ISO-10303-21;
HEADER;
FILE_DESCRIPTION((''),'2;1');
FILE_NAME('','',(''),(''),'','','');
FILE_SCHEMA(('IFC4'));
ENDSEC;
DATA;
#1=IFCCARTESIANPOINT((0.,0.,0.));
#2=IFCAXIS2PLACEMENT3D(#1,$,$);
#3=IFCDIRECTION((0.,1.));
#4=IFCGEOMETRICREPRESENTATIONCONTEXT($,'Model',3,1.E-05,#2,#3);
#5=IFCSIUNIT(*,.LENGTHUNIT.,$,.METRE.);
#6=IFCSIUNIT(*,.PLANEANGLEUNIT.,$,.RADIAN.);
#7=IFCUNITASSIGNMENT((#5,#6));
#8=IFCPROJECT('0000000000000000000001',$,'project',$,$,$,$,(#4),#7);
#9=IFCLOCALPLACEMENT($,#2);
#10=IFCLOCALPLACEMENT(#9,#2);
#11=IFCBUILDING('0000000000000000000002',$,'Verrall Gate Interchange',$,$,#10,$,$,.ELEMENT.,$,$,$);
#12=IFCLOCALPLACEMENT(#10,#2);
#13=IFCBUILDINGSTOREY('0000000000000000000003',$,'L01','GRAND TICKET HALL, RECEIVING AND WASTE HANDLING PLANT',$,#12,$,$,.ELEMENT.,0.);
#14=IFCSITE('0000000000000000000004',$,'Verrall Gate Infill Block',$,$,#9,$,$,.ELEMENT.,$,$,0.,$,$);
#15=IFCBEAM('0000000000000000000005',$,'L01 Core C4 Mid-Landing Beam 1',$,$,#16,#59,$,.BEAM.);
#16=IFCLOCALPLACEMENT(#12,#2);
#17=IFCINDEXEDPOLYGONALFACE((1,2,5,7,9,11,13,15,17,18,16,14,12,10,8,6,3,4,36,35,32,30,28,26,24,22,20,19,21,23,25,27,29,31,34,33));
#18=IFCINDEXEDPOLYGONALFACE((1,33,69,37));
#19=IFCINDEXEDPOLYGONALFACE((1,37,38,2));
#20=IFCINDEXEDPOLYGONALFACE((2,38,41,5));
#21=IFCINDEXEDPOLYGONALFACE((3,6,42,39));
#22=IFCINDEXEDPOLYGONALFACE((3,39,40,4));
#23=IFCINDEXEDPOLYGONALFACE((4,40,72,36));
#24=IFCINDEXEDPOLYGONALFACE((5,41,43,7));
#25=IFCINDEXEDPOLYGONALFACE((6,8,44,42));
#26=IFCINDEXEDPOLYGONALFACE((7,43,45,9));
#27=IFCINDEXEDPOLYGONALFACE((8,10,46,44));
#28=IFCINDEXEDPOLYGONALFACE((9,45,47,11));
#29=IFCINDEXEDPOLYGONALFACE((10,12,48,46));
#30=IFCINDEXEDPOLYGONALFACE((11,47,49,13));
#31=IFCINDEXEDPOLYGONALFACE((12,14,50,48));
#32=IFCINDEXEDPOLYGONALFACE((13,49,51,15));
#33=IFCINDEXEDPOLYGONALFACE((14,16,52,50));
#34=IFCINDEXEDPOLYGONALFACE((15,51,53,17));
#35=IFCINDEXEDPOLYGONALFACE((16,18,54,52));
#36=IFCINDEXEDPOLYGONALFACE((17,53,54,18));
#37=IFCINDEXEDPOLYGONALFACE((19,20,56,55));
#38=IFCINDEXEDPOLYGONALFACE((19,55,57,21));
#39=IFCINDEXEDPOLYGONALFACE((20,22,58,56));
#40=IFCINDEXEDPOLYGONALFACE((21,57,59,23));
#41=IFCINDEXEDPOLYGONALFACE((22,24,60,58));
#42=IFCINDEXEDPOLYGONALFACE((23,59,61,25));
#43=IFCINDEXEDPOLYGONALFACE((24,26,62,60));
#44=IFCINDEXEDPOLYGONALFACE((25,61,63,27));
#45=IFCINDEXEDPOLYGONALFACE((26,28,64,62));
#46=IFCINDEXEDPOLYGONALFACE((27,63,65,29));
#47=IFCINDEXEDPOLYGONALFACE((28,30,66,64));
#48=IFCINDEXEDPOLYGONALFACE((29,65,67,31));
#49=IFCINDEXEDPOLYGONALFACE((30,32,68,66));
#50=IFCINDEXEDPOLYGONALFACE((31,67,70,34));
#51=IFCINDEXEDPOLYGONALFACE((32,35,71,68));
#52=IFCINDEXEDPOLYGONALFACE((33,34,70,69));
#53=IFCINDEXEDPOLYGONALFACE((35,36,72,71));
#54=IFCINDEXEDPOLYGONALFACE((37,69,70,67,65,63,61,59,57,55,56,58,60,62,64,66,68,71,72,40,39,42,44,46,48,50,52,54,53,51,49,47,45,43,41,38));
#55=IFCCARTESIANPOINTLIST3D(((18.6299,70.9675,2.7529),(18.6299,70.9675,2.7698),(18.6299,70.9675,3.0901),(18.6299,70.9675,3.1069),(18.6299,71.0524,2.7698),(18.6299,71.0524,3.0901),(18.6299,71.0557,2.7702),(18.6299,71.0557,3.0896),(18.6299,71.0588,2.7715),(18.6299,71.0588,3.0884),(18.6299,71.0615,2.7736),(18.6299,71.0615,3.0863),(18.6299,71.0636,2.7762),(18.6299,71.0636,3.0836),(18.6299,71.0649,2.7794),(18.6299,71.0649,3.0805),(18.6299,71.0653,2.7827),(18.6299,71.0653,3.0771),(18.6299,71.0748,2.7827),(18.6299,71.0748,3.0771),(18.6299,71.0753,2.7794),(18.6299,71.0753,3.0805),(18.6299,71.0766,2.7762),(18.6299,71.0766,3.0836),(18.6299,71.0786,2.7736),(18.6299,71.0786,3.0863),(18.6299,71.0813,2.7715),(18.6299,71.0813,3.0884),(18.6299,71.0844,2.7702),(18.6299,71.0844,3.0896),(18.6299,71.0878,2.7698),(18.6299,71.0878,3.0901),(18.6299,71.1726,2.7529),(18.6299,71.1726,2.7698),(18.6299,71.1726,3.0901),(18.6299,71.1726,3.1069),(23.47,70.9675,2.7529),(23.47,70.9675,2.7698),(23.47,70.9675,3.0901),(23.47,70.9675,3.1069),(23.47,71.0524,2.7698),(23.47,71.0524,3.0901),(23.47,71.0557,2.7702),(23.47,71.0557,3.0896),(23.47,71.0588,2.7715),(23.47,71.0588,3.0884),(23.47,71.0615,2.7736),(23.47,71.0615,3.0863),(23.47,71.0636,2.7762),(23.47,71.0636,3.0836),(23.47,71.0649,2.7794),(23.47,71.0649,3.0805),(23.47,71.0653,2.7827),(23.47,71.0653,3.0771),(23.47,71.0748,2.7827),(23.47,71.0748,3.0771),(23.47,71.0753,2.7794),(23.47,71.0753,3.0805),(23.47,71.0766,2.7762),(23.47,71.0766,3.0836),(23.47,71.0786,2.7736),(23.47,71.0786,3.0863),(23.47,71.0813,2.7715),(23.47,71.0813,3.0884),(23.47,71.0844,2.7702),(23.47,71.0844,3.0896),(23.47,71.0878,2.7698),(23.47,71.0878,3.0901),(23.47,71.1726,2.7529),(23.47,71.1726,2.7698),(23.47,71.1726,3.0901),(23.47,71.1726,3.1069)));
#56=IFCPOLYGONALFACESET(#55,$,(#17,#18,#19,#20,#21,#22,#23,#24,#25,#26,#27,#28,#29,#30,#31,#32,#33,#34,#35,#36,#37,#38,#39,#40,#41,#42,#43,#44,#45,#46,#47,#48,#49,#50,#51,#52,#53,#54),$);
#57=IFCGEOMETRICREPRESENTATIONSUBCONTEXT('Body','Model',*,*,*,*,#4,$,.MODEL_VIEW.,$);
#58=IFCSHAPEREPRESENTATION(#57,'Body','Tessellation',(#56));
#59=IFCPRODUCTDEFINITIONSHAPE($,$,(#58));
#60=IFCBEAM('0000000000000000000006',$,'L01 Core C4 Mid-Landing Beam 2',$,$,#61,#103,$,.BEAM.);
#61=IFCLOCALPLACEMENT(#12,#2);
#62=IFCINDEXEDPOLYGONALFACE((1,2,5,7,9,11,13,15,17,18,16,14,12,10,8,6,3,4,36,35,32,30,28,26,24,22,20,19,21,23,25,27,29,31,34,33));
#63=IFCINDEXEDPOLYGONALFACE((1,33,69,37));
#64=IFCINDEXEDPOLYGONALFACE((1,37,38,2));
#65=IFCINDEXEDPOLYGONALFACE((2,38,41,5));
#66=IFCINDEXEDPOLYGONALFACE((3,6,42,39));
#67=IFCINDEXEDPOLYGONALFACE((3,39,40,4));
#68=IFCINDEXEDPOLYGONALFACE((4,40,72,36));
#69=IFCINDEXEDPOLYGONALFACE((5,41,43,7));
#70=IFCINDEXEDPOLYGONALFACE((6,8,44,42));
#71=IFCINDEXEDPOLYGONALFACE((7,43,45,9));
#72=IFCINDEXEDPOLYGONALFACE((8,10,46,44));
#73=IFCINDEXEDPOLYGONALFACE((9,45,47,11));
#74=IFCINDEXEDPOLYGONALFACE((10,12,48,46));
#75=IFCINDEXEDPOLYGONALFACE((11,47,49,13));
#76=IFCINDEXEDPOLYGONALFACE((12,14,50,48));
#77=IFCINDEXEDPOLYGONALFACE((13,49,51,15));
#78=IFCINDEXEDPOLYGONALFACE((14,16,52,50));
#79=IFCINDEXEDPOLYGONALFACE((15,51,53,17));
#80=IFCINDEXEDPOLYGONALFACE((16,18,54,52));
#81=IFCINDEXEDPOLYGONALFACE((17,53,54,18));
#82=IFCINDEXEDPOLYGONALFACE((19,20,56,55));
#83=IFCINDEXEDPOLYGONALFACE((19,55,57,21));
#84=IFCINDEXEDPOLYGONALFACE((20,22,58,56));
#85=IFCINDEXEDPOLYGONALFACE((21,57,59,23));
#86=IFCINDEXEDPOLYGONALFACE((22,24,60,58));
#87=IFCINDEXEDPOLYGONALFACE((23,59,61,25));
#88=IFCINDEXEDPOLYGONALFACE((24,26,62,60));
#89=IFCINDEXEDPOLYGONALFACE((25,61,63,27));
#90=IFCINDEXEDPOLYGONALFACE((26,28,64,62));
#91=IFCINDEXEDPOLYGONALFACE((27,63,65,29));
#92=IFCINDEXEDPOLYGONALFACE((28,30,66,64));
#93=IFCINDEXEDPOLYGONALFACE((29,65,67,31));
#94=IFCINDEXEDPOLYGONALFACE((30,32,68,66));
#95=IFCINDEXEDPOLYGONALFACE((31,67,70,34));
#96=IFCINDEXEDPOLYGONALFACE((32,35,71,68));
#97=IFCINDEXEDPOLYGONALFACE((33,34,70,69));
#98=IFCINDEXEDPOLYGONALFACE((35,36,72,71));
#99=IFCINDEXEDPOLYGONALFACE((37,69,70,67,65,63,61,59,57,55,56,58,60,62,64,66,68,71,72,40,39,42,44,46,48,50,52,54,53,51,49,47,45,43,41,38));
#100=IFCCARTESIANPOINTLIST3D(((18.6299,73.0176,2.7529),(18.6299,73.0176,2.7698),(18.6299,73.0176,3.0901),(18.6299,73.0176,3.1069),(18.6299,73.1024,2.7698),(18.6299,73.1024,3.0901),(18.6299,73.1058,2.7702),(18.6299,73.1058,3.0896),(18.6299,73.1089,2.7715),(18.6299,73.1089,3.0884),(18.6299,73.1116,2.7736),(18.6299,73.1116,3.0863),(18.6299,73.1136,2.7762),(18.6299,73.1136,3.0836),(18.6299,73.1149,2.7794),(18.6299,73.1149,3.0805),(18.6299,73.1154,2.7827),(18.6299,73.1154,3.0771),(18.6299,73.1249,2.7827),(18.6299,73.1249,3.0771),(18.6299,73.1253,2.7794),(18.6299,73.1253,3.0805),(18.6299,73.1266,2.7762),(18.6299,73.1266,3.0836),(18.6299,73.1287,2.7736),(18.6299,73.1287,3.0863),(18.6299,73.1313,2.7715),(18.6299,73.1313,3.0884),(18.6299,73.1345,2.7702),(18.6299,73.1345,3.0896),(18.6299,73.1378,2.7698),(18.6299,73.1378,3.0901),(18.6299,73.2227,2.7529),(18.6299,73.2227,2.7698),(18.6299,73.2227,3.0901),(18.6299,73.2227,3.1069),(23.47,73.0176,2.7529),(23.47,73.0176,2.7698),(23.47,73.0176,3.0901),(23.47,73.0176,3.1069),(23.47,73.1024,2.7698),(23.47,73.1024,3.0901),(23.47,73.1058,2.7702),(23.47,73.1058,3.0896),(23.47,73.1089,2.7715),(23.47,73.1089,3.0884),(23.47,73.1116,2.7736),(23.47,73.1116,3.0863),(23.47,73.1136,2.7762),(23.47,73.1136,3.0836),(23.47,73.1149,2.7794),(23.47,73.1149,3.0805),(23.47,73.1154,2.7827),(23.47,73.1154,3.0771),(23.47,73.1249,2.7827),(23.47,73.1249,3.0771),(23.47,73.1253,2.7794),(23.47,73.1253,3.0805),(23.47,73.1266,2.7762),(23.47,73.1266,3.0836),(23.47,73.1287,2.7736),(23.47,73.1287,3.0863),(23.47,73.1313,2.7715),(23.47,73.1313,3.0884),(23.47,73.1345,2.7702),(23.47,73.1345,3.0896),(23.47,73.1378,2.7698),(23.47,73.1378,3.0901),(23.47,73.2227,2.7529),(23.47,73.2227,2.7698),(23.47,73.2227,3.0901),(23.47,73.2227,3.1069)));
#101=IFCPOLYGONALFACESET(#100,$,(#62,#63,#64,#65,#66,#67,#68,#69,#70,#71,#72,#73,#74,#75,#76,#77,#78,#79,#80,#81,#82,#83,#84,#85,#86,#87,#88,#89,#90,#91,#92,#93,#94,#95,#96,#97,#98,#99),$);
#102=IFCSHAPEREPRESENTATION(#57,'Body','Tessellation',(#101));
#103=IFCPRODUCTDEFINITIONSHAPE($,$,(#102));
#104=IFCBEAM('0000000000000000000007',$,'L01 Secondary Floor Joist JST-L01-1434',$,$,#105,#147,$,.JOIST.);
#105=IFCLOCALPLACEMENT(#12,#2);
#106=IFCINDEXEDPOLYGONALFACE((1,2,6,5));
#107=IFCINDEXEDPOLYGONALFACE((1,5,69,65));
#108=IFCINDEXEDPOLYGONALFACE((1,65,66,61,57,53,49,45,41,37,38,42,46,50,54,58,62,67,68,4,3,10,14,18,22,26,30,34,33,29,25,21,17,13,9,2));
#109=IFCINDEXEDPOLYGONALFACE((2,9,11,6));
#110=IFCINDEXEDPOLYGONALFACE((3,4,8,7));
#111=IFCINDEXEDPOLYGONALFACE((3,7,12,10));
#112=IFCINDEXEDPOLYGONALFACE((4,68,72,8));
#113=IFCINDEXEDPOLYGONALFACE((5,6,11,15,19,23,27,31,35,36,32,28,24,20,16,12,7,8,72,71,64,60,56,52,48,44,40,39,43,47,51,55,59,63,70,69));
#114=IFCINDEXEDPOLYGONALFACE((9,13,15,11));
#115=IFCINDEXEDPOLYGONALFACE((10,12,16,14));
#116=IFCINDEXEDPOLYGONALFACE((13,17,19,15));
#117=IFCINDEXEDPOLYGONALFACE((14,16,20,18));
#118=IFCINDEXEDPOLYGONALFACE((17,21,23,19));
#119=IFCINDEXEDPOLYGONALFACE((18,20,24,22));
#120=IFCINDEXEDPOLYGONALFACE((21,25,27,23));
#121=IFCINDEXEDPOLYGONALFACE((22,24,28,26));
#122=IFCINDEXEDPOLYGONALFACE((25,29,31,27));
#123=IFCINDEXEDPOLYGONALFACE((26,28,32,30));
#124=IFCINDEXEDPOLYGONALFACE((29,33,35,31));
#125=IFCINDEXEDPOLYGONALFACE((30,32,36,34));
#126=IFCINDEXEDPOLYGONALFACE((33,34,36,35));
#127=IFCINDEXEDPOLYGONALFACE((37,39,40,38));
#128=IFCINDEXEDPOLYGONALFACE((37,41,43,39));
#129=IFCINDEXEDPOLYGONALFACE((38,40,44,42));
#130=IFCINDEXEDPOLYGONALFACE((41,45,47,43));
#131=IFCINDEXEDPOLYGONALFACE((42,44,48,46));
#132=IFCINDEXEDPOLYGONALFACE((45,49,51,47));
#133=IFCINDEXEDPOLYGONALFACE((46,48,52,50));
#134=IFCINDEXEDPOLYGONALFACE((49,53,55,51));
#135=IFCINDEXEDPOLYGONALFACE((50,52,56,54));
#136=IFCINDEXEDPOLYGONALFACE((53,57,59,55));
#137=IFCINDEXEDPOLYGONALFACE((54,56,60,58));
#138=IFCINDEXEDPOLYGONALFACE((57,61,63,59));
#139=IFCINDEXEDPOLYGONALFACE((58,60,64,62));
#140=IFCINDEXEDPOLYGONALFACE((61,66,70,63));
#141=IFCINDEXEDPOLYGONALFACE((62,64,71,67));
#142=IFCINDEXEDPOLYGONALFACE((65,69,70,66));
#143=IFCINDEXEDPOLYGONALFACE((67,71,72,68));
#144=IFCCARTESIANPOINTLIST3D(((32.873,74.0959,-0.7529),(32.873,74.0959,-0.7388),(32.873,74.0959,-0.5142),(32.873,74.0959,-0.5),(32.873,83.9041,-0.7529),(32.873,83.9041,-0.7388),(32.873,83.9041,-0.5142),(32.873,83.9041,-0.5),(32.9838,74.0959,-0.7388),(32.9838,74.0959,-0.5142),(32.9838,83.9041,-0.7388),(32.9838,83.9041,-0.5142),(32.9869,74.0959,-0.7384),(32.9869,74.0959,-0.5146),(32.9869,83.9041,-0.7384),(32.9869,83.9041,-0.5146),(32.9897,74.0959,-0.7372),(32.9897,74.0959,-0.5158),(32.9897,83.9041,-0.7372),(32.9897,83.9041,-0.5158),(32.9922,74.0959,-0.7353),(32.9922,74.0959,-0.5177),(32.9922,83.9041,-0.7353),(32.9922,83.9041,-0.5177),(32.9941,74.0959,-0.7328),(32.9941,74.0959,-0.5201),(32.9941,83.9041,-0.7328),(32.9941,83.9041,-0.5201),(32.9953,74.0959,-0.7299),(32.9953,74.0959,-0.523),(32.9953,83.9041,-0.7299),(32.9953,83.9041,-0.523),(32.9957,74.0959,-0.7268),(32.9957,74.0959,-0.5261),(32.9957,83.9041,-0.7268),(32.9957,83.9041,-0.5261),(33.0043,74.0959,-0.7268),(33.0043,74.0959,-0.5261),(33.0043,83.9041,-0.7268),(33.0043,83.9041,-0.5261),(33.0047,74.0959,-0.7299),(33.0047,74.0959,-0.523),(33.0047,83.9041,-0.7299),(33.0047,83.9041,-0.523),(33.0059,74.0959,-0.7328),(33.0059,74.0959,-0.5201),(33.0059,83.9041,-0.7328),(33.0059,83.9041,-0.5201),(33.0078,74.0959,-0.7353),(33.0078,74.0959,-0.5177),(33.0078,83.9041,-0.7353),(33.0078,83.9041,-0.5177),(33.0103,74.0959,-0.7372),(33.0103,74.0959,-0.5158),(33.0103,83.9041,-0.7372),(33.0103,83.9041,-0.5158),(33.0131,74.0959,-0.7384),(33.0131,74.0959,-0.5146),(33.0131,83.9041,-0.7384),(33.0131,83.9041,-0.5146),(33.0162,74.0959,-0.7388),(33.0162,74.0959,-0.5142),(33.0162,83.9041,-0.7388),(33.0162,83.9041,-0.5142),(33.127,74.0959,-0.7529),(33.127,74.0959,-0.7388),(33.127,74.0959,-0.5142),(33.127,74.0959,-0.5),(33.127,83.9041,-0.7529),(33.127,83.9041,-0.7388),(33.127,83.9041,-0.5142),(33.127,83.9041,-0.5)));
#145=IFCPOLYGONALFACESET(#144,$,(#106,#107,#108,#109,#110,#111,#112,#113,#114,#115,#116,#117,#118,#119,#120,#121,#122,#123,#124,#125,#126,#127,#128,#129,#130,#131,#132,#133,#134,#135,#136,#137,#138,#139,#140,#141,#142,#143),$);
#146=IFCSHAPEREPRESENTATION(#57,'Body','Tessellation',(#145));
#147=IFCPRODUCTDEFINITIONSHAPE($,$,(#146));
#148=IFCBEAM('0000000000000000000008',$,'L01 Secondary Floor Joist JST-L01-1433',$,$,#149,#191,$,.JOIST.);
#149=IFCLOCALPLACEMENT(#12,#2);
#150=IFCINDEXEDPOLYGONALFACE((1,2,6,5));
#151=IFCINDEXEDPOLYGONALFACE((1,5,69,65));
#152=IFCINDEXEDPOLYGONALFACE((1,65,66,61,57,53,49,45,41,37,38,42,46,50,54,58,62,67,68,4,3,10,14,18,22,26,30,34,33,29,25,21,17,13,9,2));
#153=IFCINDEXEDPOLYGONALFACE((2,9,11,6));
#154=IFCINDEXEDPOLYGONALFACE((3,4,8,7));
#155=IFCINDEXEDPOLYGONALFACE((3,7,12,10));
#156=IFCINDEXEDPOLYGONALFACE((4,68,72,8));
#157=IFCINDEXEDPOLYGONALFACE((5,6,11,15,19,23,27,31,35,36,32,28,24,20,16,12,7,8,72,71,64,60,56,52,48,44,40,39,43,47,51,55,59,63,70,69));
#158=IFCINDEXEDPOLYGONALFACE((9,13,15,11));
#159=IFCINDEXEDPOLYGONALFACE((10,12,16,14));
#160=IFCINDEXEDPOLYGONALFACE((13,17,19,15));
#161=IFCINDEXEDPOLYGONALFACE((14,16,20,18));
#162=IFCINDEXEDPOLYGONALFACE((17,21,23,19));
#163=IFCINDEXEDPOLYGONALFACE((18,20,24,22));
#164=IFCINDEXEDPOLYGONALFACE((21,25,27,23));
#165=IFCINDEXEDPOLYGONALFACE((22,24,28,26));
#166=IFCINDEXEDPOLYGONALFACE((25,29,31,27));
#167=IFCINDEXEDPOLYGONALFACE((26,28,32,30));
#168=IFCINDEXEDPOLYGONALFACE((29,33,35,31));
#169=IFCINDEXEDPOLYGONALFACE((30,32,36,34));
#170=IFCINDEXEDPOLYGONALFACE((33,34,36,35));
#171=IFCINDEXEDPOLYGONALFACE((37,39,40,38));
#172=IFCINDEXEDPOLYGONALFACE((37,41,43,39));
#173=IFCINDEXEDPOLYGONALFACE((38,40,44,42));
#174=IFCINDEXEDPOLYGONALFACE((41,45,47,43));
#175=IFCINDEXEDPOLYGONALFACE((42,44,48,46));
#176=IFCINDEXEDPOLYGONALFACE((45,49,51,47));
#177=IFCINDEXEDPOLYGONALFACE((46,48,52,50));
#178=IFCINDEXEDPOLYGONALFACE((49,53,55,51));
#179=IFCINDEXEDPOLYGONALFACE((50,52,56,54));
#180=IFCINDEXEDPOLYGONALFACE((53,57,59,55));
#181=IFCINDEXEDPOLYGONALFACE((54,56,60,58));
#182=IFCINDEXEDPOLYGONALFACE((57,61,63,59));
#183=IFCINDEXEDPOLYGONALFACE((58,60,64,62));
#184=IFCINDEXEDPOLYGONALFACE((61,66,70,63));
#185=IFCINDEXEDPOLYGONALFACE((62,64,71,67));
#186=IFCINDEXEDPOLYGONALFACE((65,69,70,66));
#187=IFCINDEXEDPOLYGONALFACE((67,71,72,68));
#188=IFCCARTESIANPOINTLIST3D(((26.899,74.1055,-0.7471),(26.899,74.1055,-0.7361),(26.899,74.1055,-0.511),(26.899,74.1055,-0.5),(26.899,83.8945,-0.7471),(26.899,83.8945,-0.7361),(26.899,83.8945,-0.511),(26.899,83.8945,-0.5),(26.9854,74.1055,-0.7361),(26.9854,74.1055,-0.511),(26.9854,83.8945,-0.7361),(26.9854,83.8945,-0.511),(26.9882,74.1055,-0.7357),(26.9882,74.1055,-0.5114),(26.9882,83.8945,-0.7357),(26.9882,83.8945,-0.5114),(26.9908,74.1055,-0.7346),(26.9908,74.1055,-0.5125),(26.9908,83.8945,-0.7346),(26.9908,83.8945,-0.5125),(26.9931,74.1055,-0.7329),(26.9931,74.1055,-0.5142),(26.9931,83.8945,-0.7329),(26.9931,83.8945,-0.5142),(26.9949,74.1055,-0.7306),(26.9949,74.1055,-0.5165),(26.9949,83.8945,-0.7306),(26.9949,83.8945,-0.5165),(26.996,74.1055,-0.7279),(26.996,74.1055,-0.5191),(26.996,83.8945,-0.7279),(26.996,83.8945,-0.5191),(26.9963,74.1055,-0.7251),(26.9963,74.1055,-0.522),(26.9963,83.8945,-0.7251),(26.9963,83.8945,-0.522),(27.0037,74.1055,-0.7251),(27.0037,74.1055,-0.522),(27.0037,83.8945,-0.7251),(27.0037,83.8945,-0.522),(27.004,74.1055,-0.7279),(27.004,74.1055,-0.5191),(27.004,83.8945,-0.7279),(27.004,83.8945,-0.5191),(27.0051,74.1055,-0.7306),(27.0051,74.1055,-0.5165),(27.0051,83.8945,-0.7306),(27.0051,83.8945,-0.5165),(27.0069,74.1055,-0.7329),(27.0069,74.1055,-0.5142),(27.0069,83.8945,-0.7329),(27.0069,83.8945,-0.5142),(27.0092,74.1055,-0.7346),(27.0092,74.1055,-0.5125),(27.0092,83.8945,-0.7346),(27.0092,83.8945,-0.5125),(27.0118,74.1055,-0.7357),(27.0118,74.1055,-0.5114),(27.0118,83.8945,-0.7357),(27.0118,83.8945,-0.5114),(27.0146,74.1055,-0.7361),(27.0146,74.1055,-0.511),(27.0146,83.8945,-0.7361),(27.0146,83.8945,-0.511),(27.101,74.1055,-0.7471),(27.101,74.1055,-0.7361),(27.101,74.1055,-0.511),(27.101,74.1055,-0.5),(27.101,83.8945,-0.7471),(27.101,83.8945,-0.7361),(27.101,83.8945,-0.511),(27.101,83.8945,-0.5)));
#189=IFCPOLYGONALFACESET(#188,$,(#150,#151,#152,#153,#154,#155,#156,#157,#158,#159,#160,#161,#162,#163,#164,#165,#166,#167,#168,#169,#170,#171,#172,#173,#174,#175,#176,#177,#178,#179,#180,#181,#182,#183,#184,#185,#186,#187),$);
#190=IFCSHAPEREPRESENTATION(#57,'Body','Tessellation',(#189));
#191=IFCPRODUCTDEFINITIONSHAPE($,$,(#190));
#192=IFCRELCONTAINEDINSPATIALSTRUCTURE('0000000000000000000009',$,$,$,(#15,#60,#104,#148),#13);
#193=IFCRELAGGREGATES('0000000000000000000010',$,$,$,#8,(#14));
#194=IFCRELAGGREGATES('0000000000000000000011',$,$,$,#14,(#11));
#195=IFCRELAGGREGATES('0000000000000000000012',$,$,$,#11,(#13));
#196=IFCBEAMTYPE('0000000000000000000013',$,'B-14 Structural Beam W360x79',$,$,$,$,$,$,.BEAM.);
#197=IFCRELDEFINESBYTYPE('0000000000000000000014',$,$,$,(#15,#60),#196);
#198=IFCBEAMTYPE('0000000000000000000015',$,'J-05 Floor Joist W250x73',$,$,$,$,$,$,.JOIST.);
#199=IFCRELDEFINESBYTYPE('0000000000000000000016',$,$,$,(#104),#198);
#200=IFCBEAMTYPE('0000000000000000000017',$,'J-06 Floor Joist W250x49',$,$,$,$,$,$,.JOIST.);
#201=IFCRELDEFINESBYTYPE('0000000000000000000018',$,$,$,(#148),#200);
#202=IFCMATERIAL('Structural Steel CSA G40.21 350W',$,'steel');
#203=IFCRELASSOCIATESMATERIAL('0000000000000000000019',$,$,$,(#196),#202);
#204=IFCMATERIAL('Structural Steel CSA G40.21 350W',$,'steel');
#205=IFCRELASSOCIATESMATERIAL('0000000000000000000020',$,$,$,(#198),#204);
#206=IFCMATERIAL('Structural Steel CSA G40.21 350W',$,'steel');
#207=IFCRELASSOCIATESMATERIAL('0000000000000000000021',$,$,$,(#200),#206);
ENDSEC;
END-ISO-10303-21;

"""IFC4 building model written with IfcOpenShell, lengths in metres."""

from ifc_helpers import new_model, si_unit, direction, frame, origin, origin_2d, place, context, subcontext, project, spatial, i_section, extrude, material, material_profile, profile_set, type_object, element, save


model = new_model("IFC4")

# Units and contexts
model_context = context("Model", 3, precision=1e-05, world=origin(), true_north=direction((0.0, 1.0)))
body_context = subcontext(model_context, "Body", "Model", "MODEL_VIEW")
ifc_project = project(units=[si_unit("LENGTHUNIT", "METRE"), si_unit("PLANEANGLEUNIT", "RADIAN")], contexts=[model_context])

# Site, building, storey
site_placement = place(None, origin())
site = spatial("IfcSite", under=ifc_project, at=site_placement, Name="Verrall Gate Infill Block", CompositionType="ELEMENT", RefElevation=0.0)
building_placement = place(site_placement, origin())
building = spatial("IfcBuilding", under=site, at=building_placement, Name="Verrall Gate Interchange", CompositionType="ELEMENT")
storey_placement = place(building_placement, origin())
storey = spatial("IfcBuildingStorey", under=building, at=storey_placement, Name="L01", Description="GRAND TICKET HALL, RECEIVING AND WASTE HANDLING PLANT", CompositionType="ELEMENT", Elevation=0.0)

# Beams
ifc_material_1 = material(Name="Structural Steel CSA G40.21 350W", Category="steel")
ifc_material_profile_1 = material_profile(ifc_material_1, i_section(OverallWidth=0.2051, OverallDepth=0.354, WebThickness=0.0095, FlangeThickness=0.0168, FilletRadius=0.0129, at=origin_2d()), Name="W360x79")
ifc_profile_set_1 = profile_set([ifc_material_profile_1], Name="Structural Steel CSA G40.21 350W")
beam_type_1 = type_object("IfcBeamType", Name="B-14 Structural Beam W360x79", PredefinedType="BEAM", material=ifc_profile_set_1)
for number, where, z_axis, x_axis, name in (
    (1, (18.6299, 71.0701, 2.9299), (1.0, 0.0, 0.0), (0.0, 1.0, 0.0), "L01 Core C4 Mid-Landing Beam 1"),
    (2, (18.6299, 73.1201, 2.9299), (1.0, 0.0, 0.0), (0.0, 1.0, 0.0), "L01 Core C4 Mid-Landing Beam 2"),
):
    element("IfcBeam", number, at=place(storey_placement, frame(where, z_axis=z_axis, x_axis=x_axis)), inside=storey, type_object=beam_type_1, Name=name, PredefinedType="BEAM", context=body_context, shape_type="SweptSolid", body=[
        extrude(i_section(OverallWidth=0.2051, OverallDepth=0.354, WebThickness=0.0095, FlangeThickness=0.0168, FilletRadius=0.0129, at=origin_2d()), origin(), (0.0, 0.0, 1.0), 4.8401),
    ])
ifc_material_2 = material(Name="Structural Steel CSA G40.21 350W", Category="steel")
ifc_material_profile_2 = material_profile(ifc_material_2, i_section(OverallWidth=0.2539, OverallDepth=0.2529, WebThickness=0.0085, FlangeThickness=0.0142, FilletRadius=0.012, at=origin_2d()), Name="W250x73")
ifc_profile_set_2 = profile_set([ifc_material_profile_2], Name="Structural Steel CSA G40.21 350W")
beam_type_2 = type_object("IfcBeamType", Name="J-05 Floor Joist W250x73", PredefinedType="JOIST", material=ifc_profile_set_2)
beam_1_placement = place(storey_placement, frame((33.0, 74.0959, -0.6265), z_axis=(0.0, 1.0, 0.0), x_axis=(-1.0, 0.0, 0.0)))
element("IfcBeam", 3, at=beam_1_placement, inside=storey, type_object=beam_type_2, Name="L01 Secondary Floor Joist JST-L01-1434", PredefinedType="JOIST", context=body_context, shape_type="SweptSolid", body=[
    extrude(i_section(OverallWidth=0.2539, OverallDepth=0.2529, WebThickness=0.0085, FlangeThickness=0.0142, FilletRadius=0.012, at=origin_2d()), origin(), (0.0, 0.0, 1.0), 9.8081),
])
ifc_material_3 = material(Name="Structural Steel CSA G40.21 350W", Category="steel")
ifc_material_profile_3 = material_profile(ifc_material_3, i_section(OverallWidth=0.2019, OverallDepth=0.2471, WebThickness=0.0073, FlangeThickness=0.011, FilletRadius=0.011, at=origin_2d()), Name="W250x49")
ifc_profile_set_3 = profile_set([ifc_material_profile_3], Name="Structural Steel CSA G40.21 350W")
beam_type_3 = type_object("IfcBeamType", Name="J-06 Floor Joist W250x49", PredefinedType="JOIST", material=ifc_profile_set_3)
beam_2_placement = place(storey_placement, frame((27.0, 74.1055, -0.6235), z_axis=(0.0, 1.0, 0.0), x_axis=(-1.0, 0.0, 0.0)))
element("IfcBeam", 4, at=beam_2_placement, inside=storey, type_object=beam_type_3, Name="L01 Secondary Floor Joist JST-L01-1433", PredefinedType="JOIST", context=body_context, shape_type="SweptSolid", body=[
    extrude(i_section(OverallWidth=0.2019, OverallDepth=0.2471, WebThickness=0.0073, FlangeThickness=0.011, FilletRadius=0.011, at=origin_2d()), origin(), (0.0, 0.0, 1.0), 9.7891),
])

save(model, "model.ifc")
